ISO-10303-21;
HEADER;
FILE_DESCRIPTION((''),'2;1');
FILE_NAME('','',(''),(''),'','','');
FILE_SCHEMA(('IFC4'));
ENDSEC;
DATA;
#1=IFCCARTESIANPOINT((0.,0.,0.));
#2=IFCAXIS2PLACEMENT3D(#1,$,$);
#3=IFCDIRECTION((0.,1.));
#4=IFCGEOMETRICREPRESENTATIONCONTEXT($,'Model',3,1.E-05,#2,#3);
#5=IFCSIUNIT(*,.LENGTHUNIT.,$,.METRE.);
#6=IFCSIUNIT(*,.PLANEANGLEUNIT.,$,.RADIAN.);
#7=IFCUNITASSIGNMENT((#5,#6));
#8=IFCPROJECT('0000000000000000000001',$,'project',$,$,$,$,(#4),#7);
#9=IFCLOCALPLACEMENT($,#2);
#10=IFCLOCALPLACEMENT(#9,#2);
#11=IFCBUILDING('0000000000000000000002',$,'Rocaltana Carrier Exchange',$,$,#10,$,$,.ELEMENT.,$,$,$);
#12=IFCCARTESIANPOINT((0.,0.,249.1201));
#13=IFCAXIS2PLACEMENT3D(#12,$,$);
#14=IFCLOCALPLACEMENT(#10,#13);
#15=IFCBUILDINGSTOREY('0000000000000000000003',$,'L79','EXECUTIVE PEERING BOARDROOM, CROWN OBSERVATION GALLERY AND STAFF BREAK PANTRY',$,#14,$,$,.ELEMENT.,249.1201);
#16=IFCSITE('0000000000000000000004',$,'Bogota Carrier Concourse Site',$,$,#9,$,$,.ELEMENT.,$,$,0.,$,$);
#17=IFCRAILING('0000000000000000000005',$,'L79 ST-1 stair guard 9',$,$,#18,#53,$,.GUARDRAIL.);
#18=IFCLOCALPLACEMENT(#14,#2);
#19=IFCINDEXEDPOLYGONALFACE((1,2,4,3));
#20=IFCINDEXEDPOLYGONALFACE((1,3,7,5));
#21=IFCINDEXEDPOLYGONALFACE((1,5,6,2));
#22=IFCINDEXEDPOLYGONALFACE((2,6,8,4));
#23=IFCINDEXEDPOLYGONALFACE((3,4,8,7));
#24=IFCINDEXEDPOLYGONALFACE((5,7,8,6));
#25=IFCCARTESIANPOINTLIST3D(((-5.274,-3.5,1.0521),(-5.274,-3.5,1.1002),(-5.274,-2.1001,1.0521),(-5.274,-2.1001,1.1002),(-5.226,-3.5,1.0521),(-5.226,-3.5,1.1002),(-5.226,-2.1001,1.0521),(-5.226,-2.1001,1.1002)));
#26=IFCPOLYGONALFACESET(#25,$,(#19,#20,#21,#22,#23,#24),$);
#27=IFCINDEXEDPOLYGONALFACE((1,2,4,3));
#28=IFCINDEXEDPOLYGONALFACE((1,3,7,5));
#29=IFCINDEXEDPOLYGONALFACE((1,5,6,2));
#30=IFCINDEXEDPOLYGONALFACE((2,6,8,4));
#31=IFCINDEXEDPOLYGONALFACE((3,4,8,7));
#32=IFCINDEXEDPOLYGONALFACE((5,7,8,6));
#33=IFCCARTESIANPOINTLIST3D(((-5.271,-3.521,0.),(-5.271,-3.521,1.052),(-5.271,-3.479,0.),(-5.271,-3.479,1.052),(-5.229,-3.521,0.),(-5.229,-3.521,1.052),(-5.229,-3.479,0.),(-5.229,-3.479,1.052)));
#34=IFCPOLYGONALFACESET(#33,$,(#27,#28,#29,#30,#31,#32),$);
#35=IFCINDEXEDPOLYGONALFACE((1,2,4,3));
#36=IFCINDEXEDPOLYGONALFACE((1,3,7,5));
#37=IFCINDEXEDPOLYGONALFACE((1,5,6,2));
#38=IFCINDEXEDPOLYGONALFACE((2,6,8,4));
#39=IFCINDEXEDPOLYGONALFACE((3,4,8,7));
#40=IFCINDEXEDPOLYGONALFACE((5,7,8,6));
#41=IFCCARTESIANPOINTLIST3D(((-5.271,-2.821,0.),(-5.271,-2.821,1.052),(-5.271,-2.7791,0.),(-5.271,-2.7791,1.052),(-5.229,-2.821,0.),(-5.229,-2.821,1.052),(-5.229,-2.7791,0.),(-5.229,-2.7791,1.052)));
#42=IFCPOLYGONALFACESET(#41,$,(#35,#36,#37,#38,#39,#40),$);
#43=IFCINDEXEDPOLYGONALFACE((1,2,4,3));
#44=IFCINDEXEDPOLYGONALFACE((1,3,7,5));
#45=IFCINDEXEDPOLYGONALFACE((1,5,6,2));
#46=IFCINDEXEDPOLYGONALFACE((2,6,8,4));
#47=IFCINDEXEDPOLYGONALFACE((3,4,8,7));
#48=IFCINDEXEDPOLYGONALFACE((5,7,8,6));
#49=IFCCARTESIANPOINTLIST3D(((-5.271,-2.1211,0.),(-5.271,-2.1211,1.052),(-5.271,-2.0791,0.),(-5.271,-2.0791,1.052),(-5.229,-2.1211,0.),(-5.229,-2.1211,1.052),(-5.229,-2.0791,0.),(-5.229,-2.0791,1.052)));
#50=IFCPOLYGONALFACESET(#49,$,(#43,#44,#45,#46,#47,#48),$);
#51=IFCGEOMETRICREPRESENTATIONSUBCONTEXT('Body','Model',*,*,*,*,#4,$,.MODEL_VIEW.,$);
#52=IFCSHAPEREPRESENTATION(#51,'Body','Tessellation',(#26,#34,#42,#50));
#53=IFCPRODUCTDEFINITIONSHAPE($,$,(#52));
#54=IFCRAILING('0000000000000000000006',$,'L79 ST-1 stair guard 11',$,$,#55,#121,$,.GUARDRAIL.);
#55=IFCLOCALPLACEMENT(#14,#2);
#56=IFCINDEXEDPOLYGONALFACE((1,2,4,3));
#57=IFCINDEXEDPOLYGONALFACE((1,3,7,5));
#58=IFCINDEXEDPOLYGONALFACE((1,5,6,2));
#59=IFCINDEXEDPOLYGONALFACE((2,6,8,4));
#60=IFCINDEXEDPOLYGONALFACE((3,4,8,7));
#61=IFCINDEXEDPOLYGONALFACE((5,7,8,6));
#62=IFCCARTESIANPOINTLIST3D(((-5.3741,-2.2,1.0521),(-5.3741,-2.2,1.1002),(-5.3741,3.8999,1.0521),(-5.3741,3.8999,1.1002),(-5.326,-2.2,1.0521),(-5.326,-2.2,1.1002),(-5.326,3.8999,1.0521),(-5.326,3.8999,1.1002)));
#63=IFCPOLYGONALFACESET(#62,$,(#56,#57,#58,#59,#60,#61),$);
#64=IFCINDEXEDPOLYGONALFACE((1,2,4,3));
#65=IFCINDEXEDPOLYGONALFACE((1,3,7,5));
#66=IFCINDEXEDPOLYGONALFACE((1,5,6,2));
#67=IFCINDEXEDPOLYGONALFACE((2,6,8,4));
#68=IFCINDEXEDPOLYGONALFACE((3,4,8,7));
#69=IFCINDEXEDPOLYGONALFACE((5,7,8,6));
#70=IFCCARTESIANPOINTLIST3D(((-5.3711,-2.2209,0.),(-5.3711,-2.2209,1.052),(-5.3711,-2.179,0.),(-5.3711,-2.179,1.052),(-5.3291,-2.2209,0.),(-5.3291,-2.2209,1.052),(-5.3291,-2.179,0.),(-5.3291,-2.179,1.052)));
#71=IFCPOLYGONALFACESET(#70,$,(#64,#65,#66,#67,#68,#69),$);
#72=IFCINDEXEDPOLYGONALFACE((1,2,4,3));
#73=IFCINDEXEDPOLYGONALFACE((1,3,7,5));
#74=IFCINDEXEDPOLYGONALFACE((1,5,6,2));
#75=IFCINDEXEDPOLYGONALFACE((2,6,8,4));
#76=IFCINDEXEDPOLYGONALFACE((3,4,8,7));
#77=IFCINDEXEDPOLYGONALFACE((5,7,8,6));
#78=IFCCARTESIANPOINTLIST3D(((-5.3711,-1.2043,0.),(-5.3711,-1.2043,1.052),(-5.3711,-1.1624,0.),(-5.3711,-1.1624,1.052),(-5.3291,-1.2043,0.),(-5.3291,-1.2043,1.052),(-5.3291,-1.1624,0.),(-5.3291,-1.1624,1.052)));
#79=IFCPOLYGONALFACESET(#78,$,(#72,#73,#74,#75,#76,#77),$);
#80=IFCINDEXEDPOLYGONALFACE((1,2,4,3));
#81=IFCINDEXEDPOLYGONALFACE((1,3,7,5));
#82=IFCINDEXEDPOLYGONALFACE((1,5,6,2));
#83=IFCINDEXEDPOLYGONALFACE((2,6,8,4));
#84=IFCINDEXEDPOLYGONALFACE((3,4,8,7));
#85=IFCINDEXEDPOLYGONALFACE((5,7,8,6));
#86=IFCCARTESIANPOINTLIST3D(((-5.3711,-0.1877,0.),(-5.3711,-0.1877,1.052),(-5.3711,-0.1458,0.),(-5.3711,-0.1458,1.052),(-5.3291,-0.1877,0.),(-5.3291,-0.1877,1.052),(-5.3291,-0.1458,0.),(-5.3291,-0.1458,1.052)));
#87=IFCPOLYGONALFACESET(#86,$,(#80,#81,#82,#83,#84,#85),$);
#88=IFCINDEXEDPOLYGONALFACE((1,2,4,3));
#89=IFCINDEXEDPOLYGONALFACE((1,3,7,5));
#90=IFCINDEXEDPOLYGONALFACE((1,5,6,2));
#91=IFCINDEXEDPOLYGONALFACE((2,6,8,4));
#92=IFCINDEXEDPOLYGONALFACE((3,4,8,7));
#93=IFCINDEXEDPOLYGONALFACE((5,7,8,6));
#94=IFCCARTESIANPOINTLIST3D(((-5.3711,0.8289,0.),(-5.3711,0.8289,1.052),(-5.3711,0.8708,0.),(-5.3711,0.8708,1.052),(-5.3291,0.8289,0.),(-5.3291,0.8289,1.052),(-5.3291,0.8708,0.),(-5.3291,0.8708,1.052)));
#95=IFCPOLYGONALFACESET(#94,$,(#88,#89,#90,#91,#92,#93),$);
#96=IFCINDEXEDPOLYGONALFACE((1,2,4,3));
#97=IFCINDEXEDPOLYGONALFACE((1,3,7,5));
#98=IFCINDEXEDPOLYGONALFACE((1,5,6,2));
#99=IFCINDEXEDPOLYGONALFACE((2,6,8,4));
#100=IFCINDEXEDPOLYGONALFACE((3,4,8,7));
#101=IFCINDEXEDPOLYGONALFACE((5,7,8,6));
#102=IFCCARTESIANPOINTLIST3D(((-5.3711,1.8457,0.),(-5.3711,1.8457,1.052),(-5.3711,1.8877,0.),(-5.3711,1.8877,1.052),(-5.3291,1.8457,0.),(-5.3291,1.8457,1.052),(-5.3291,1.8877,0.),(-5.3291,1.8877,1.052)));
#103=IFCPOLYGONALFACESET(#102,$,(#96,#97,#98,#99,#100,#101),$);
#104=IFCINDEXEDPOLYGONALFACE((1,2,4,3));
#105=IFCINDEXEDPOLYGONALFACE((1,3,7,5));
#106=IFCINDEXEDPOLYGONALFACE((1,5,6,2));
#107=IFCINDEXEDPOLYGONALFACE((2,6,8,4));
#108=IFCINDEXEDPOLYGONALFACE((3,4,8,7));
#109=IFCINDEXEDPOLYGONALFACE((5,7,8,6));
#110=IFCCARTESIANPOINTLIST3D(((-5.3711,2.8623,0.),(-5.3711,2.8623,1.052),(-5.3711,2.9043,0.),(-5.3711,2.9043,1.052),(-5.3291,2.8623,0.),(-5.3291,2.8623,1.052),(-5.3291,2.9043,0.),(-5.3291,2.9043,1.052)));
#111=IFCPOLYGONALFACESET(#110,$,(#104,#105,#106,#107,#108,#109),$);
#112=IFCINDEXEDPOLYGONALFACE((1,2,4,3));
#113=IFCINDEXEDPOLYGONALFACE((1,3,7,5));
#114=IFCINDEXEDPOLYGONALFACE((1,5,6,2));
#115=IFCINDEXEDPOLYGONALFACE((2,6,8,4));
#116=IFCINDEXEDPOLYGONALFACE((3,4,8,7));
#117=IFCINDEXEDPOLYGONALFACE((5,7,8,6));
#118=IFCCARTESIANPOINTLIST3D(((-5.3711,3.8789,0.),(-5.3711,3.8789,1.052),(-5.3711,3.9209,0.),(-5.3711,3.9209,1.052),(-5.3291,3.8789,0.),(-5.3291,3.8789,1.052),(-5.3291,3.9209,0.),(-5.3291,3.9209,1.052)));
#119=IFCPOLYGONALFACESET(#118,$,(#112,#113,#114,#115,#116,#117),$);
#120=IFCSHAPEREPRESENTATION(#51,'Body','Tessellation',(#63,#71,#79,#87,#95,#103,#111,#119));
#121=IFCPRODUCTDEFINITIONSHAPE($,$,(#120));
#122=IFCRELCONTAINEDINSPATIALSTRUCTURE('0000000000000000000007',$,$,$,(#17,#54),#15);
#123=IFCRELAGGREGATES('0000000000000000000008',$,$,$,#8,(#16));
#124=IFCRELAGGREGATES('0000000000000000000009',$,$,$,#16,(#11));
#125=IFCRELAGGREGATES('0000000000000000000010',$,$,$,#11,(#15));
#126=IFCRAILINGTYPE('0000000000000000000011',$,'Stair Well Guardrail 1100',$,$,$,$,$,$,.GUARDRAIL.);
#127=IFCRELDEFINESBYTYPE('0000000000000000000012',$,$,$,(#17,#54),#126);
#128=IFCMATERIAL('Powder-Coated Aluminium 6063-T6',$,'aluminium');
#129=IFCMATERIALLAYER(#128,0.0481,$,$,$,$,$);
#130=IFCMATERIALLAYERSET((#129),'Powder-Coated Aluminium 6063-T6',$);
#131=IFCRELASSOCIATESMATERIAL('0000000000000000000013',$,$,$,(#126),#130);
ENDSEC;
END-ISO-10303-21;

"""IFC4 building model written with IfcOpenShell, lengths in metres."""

from ifc_helpers import new_model, si_unit, direction, frame, origin, origin_2d, place, context, subcontext, project, spatial, rectangle, extrude, material, layer, layer_set, type_object, element, save


model = new_model("IFC4")

# Units and contexts
model_context = context("Model", 3, precision=1e-05, world=origin(), true_north=direction((0.0, 1.0)))
body_context = subcontext(model_context, "Body", "Model", "MODEL_VIEW")
ifc_project = project(units=[si_unit("LENGTHUNIT", "METRE"), si_unit("PLANEANGLEUNIT", "RADIAN")], contexts=[model_context])

# Site, building, storey
site_placement = place(None, origin())
site = spatial("IfcSite", under=ifc_project, at=site_placement, Name="Bogota Carrier Concourse Site", CompositionType="ELEMENT", RefElevation=0.0)
building_placement = place(site_placement, origin())
building = spatial("IfcBuilding", under=site, at=building_placement, Name="Rocaltana Carrier Exchange", CompositionType="ELEMENT")
storey_placement = place(building_placement, frame((0.0, 0.0, 249.1201)))
storey = spatial("IfcBuildingStorey", under=building, at=storey_placement, Name="L79", Description="EXECUTIVE PEERING BOARDROOM, CROWN OBSERVATION GALLERY AND STAFF BREAK PANTRY", CompositionType="ELEMENT", Elevation=249.1201)

# Railings
ifc_material_1 = material(Name="Powder-Coated Aluminium 6063-T6", Category="aluminium")
ifc_layer_1 = layer(ifc_material_1, 0.0481)
ifc_layer_set_1 = layer_set([ifc_layer_1], Name="Powder-Coated Aluminium 6063-T6")
railing_type = type_object("IfcRailingType", Name="Stair Well Guardrail 1100", PredefinedType="GUARDRAIL", material=ifc_layer_set_1)
railing_1_placement = place(storey_placement, frame((-5.25, -3.5, 0.0)))
element("IfcRailing", 1, at=railing_1_placement, inside=storey, type_object=railing_type, Name="L79 ST-1 stair guard 9", PredefinedType="GUARDRAIL", context=body_context, shape_type="SweptSolid", body=[
    extrude(rectangle(XDim=0.0481, YDim=0.0481, at=origin_2d()), frame((0.0, 0.0, 1.0762), z_axis=(0.0, 1.0, 0.0), x_axis=(-1.0, 0.0, 0.0)), (0.0, 0.0, 1.0), 1.3999),
    extrude(rectangle(XDim=0.042, YDim=0.042, at=origin_2d()), origin(), (0.0, 0.0, 1.0), 1.052),
    extrude(rectangle(XDim=0.042, YDim=0.042, at=origin_2d()), frame((0.0, 0.7, 0.0)), (0.0, 0.0, 1.0), 1.052),
    extrude(rectangle(XDim=0.042, YDim=0.042, at=origin_2d()), frame((0.0, 1.3999, 0.0)), (0.0, 0.0, 1.0), 1.052),
])
railing_2_placement = place(storey_placement, frame((-5.3501, -2.2, 0.0)))
element("IfcRailing", 2, at=railing_2_placement, inside=storey, type_object=railing_type, Name="L79 ST-1 stair guard 11", PredefinedType="GUARDRAIL", context=body_context, shape_type="SweptSolid", body=[
    extrude(rectangle(XDim=0.0481, YDim=0.0481, at=origin_2d()), frame((0.0, 0.0, 1.0762), z_axis=(0.0, 1.0, 0.0), x_axis=(-1.0, 0.0, 0.0)), (0.0, 0.0, 1.0), 6.0999),
    extrude(rectangle(XDim=0.042, YDim=0.042, at=origin_2d()), origin(), (0.0, 0.0, 1.0), 1.052),
    extrude(rectangle(XDim=0.042, YDim=0.042, at=origin_2d()), frame((0.0, 1.0166, 0.0)), (0.0, 0.0, 1.0), 1.052),
    extrude(rectangle(XDim=0.042, YDim=0.042, at=origin_2d()), frame((0.0, 2.0332, 0.0)), (0.0, 0.0, 1.0), 1.052),
    extrude(rectangle(XDim=0.042, YDim=0.042, at=origin_2d()), frame((0.0, 3.0498, 0.0)), (0.0, 0.0, 1.0), 1.052),
    extrude(rectangle(XDim=0.042, YDim=0.042, at=origin_2d()), frame((0.0, 4.0667, 0.0)), (0.0, 0.0, 1.0), 1.052),
    extrude(rectangle(XDim=0.042, YDim=0.042, at=origin_2d()), frame((0.0, 5.0833, 0.0)), (0.0, 0.0, 1.0), 1.052),
    extrude(rectangle(XDim=0.042, YDim=0.042, at=origin_2d()), frame((0.0, 6.0999, 0.0)), (0.0, 0.0, 1.0), 1.052),
])

save(model, "model.ifc")
